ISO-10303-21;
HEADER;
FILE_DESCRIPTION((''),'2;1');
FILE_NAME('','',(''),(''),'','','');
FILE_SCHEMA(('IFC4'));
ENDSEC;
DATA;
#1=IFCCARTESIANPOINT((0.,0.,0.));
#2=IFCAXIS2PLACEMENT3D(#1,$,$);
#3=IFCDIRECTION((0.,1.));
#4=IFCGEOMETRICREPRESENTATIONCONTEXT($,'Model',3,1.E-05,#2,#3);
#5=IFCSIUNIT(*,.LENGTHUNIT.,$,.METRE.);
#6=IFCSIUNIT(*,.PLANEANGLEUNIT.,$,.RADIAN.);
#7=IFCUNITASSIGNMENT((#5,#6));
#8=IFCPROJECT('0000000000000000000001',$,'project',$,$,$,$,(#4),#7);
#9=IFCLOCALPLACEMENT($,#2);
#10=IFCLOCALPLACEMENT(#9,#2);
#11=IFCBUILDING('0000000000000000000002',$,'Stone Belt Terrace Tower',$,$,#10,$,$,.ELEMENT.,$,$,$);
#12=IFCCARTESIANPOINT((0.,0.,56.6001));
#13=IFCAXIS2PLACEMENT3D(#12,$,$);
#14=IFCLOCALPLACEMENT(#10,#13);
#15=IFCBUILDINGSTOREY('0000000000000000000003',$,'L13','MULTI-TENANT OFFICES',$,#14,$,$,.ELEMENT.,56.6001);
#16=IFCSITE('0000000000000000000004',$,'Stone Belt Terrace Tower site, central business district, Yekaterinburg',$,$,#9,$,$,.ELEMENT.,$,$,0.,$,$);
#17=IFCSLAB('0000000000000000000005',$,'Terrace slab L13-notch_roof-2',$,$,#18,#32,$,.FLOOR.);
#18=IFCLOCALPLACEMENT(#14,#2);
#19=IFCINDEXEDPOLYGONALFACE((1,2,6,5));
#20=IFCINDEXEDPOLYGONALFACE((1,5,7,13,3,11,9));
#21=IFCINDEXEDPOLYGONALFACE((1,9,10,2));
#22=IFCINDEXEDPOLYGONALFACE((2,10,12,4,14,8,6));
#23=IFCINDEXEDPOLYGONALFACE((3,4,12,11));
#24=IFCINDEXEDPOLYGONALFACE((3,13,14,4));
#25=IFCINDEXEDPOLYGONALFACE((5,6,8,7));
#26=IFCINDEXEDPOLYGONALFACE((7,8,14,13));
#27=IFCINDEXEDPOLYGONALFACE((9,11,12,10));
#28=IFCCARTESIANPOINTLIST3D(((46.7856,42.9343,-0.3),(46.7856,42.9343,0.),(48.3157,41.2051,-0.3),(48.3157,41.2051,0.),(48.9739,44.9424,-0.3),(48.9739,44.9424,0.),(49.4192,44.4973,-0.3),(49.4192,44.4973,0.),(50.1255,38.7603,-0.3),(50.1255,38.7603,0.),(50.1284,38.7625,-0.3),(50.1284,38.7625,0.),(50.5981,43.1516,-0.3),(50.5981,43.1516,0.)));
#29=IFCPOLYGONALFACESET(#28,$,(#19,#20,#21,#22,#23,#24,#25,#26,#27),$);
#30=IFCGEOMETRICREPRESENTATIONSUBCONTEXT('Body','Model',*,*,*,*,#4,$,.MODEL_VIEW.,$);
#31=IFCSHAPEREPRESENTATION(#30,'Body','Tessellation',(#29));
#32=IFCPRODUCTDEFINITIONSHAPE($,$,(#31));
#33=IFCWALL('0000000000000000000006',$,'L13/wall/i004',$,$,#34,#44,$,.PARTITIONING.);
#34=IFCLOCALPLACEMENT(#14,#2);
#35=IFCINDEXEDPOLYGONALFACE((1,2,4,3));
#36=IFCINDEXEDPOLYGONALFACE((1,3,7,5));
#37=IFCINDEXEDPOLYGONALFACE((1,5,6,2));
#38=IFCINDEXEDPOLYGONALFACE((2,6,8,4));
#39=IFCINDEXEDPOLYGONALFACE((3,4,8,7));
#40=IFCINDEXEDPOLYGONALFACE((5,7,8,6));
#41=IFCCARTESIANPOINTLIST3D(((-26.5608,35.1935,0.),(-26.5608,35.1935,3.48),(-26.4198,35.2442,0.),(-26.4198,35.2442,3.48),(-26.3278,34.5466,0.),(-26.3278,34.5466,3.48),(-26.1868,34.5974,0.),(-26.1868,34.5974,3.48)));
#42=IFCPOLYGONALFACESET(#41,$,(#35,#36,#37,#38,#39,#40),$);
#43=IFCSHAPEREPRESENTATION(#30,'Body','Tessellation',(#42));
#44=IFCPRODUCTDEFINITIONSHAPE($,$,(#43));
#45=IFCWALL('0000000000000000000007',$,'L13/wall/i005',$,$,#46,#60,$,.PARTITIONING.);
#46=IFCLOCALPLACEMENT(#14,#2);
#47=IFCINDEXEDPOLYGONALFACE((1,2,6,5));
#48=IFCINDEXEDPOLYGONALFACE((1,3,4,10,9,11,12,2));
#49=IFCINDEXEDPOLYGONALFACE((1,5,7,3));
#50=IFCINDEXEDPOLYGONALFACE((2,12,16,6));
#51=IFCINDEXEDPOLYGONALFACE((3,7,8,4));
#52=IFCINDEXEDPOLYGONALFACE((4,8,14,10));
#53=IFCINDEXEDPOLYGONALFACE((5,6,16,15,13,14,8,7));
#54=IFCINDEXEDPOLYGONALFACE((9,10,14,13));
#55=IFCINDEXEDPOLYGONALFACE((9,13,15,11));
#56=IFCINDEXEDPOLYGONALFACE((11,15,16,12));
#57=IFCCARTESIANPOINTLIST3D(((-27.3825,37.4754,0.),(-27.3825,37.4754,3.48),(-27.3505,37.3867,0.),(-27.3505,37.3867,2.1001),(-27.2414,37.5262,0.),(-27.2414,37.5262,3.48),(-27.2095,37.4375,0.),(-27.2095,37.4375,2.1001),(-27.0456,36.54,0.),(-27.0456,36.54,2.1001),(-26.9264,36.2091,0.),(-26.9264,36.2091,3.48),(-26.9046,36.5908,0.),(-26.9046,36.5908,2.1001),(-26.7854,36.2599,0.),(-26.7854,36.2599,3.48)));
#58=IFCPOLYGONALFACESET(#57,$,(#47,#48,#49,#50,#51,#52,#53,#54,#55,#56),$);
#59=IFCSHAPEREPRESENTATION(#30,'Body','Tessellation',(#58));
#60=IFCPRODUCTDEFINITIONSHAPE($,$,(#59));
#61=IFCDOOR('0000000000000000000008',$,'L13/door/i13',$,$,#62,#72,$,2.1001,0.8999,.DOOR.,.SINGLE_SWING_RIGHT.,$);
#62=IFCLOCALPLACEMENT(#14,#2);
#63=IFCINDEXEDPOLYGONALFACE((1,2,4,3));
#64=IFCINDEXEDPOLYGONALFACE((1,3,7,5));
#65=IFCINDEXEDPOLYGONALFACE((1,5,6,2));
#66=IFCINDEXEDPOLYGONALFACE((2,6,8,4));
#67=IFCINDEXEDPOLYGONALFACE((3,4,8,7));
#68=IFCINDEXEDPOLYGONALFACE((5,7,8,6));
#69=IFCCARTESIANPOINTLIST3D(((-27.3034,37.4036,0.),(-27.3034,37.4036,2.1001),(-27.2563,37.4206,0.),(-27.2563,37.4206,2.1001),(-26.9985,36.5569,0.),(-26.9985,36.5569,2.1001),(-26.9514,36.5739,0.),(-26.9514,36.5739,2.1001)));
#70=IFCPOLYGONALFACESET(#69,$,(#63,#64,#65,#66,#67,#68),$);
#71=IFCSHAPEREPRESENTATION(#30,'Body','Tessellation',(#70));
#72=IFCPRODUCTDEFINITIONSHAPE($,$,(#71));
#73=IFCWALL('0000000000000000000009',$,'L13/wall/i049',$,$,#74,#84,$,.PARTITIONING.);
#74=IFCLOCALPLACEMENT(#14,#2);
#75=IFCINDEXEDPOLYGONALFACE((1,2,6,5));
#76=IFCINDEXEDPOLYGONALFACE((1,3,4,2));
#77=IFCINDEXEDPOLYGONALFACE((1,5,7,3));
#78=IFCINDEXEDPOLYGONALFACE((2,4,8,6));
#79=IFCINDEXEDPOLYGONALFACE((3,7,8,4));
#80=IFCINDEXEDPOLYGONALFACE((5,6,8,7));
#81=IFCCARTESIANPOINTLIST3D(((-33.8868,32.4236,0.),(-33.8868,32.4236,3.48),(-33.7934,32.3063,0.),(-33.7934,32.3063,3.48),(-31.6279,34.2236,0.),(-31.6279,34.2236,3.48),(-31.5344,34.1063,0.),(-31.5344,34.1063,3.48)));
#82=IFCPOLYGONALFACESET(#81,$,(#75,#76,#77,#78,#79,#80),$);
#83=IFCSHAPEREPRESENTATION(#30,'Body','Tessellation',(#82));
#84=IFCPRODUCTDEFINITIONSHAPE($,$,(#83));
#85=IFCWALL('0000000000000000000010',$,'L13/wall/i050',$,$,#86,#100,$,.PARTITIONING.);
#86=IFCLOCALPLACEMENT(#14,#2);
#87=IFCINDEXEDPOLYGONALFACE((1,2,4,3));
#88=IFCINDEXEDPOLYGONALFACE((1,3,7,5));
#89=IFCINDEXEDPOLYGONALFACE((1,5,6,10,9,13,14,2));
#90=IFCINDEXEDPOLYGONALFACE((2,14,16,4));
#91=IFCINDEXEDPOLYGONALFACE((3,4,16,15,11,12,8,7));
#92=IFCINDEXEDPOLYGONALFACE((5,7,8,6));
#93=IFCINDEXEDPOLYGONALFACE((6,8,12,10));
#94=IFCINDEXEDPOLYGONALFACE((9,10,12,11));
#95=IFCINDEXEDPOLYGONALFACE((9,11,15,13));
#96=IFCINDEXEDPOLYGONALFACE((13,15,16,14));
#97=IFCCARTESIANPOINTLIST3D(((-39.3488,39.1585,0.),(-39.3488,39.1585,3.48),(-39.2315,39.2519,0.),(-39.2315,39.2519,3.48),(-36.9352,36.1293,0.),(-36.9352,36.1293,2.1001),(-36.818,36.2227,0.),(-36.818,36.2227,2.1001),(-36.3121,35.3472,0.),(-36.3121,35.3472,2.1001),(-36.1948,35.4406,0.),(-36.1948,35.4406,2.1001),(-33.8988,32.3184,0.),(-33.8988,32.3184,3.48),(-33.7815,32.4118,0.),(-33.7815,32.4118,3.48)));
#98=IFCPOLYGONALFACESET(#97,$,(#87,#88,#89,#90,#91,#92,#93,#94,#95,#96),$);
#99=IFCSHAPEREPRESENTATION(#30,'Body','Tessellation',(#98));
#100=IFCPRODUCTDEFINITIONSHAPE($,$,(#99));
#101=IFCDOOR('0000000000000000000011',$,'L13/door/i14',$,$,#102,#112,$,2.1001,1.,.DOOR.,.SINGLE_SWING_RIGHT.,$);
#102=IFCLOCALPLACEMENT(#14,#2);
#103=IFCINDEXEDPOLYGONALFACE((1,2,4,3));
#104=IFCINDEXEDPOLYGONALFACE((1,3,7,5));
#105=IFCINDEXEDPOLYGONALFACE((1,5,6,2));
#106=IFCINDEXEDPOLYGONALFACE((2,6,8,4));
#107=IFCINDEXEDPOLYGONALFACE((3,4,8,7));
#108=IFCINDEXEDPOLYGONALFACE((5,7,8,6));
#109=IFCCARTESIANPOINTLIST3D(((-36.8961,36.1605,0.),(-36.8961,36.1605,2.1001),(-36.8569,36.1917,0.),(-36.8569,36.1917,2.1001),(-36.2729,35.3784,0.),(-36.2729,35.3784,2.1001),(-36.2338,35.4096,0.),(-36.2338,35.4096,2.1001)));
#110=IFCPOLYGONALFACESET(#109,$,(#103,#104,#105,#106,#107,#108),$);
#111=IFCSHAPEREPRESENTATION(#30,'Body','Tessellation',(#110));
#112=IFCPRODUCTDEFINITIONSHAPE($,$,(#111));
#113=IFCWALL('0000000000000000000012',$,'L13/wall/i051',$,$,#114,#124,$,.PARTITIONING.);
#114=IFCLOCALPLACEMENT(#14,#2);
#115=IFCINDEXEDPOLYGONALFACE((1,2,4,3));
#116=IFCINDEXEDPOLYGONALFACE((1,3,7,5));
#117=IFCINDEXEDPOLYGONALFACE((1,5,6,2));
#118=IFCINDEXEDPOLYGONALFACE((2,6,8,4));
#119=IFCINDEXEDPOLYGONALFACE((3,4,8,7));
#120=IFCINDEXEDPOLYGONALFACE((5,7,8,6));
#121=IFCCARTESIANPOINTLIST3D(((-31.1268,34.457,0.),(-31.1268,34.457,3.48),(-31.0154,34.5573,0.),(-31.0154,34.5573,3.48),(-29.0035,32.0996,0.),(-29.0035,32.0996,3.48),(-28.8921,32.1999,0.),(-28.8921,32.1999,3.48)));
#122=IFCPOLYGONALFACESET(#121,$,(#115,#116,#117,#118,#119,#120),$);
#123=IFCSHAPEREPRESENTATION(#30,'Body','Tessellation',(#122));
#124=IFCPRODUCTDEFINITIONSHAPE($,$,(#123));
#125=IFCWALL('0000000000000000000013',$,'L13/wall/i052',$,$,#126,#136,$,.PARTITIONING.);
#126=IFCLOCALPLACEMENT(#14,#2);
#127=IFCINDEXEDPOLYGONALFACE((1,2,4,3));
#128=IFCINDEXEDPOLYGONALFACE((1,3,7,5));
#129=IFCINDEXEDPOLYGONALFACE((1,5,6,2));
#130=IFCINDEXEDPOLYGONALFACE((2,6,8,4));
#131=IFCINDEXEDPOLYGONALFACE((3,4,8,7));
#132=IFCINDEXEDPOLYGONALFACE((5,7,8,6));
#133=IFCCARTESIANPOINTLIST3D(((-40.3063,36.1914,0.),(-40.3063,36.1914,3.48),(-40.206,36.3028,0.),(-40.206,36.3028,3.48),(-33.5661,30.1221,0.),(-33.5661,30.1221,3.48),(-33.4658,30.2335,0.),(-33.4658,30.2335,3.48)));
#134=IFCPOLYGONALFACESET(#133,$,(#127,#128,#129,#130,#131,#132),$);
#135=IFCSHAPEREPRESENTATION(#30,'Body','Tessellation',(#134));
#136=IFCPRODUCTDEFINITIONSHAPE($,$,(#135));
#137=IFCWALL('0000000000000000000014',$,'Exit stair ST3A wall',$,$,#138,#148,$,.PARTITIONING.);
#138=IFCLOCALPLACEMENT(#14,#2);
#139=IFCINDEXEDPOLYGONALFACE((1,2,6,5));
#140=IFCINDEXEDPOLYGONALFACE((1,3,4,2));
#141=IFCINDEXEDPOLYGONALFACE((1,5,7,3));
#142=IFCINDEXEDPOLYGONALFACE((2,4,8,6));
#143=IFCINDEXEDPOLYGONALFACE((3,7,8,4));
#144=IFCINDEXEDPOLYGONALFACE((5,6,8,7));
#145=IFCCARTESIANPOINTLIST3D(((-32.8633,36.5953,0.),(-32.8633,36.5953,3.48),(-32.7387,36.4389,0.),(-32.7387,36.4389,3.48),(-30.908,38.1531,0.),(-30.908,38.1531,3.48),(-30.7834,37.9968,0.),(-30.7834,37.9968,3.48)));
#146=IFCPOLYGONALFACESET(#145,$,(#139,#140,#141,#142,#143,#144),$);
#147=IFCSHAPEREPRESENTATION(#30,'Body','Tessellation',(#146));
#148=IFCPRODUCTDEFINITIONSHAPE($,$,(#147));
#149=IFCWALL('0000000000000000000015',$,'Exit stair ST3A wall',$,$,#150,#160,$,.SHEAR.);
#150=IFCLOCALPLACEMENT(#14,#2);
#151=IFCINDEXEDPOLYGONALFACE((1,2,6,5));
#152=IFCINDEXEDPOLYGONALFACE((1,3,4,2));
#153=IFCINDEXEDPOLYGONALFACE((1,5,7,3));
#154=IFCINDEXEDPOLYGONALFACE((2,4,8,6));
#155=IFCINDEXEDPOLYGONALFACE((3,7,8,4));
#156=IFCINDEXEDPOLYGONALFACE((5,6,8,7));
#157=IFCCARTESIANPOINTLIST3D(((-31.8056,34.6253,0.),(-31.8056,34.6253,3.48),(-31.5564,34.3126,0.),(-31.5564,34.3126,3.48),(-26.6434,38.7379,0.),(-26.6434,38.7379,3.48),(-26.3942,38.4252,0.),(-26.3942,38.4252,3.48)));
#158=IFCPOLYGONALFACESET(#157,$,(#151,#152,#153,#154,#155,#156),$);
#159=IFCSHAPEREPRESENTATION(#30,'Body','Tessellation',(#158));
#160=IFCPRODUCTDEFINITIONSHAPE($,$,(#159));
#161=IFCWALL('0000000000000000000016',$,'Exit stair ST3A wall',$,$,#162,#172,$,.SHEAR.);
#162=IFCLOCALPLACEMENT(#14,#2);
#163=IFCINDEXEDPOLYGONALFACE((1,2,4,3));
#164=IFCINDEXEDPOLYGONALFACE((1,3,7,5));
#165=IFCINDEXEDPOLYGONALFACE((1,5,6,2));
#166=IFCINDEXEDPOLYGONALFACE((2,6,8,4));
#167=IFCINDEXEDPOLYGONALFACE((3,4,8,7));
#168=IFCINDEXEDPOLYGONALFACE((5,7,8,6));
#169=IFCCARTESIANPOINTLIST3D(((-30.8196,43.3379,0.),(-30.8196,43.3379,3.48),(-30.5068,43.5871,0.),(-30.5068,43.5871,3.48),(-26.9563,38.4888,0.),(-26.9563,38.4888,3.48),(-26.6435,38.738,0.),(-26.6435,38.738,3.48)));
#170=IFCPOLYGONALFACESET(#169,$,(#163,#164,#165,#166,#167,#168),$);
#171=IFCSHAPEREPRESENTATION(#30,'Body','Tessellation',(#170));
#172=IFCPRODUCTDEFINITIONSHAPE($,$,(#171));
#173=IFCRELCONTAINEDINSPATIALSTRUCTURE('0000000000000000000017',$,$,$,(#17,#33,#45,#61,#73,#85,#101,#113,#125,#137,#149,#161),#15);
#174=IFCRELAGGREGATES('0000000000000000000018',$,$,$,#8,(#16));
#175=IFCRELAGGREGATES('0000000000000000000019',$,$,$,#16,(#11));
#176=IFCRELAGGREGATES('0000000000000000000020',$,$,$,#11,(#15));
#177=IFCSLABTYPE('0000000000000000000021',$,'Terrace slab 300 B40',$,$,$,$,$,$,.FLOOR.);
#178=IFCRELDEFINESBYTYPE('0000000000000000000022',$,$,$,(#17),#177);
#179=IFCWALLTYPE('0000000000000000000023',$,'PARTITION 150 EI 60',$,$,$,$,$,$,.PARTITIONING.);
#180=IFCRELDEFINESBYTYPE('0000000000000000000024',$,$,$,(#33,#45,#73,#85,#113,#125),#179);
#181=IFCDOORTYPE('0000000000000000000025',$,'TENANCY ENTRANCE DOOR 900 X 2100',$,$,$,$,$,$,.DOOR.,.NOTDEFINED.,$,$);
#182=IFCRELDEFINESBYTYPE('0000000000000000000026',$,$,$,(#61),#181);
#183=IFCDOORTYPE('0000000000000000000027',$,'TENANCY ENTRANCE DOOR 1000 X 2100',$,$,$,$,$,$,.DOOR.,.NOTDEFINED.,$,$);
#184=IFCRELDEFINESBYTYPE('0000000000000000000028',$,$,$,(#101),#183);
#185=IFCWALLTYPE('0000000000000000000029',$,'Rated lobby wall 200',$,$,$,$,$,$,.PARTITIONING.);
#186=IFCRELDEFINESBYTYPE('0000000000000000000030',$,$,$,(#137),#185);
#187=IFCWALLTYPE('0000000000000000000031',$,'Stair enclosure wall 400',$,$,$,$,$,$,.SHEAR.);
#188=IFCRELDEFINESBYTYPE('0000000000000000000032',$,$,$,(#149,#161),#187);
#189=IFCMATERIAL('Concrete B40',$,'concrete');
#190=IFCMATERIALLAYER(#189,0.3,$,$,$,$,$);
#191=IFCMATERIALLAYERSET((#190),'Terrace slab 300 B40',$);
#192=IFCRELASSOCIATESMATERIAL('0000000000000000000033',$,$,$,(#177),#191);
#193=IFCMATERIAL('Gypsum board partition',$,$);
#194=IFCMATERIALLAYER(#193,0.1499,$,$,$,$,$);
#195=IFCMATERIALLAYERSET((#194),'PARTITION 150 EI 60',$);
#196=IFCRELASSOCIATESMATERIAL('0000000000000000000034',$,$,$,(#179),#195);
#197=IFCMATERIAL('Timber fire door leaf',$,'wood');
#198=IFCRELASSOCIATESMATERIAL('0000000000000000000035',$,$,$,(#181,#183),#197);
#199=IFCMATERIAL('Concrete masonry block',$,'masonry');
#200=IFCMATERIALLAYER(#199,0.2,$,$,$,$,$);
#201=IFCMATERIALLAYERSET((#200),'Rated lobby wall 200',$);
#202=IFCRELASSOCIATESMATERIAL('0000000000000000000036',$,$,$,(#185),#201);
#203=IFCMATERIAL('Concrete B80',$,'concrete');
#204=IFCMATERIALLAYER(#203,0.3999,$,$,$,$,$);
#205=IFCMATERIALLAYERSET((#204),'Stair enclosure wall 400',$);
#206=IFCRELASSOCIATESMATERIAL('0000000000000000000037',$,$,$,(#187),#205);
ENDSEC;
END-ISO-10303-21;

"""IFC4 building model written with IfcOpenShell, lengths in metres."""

from ifc_helpers import new_model, si_unit, direction, frame, frame_2d, origin, place, context, subcontext, project, spatial, polyline, rectangle, outline, extrude, material, layer, layer_set, type_object, element, fill, save


model = new_model("IFC4")

# Units and contexts
model_context = context("Model", 3, precision=1e-05, world=origin(), true_north=direction((0.0, 1.0)))
body_context = subcontext(model_context, "Body", "Model", "MODEL_VIEW")
ifc_project = project(units=[si_unit("LENGTHUNIT", "METRE"), si_unit("PLANEANGLEUNIT", "RADIAN")], contexts=[model_context])

# Site, building, storey
site_placement = place(None, origin())
site = spatial("IfcSite", under=ifc_project, at=site_placement, Name="Stone Belt Terrace Tower site, central business district, Yekaterinburg", CompositionType="ELEMENT", RefElevation=0.0)
building_placement = place(site_placement, origin())
building = spatial("IfcBuilding", under=site, at=building_placement, Name="Stone Belt Terrace Tower", CompositionType="ELEMENT")
storey_placement = place(building_placement, frame((0.0, 0.0, 56.6001)))
storey = spatial("IfcBuildingStorey", under=building, at=storey_placement, Name="L13", Description="MULTI-TENANT OFFICES", CompositionType="ELEMENT", Elevation=56.6001)

# Shared definitions
ifc_material_1 = material(Name="Concrete B80", Category="concrete")

# Slab
ifc_material_2 = material(Name="Concrete B40", Category="concrete")
ifc_layer_1 = layer(ifc_material_2, 0.3)
ifc_layer_set_1 = layer_set([ifc_layer_1], Name="Terrace slab 300 B40")
slab_type_1 = type_object("IfcSlabType", Name="Terrace slab 300 B40", PredefinedType="FLOOR", material=ifc_layer_set_1)
slab_1_placement = place(storey_placement, frame((0.0, 0.0, -0.3)))
element("IfcSlab", 1, at=slab_1_placement, inside=storey, type_object=slab_type_1, Name="Terrace slab L13-notch_roof-2", PredefinedType="FLOOR", context=body_context, shape_type="SweptSolid", body=[
    extrude(outline(polyline([(50.5981, 43.1516), (49.4192, 44.4973), (48.9739, 44.9424), (46.7856, 42.9343), (50.1255, 38.7603), (50.1284, 38.7625), (48.3157, 41.2051), (50.5981, 43.1516)])), origin(), (0.0, 0.0, 1.0), 0.3),
])

# Wall
ifc_material_3 = material(Name="Gypsum board partition")
ifc_layer_2 = layer(ifc_material_3, 0.1499)
ifc_layer_set_2 = layer_set([ifc_layer_2], Name="PARTITION 150 EI 60")
wall_type_1 = type_object("IfcWallType", Name="PARTITION 150 EI 60", PredefinedType="PARTITIONING", material=ifc_layer_set_2)
wall_1_placement = place(storey_placement, frame((-26.2573, 34.572, 0.0), z_axis=(0.0, 0.0, 1.0), x_axis=(-0.338833, 0.940847, 0.0)))
element("IfcWall", 2, at=wall_1_placement, inside=storey, type_object=wall_type_1, Name="L13/wall/i004", PredefinedType="PARTITIONING", context=body_context, shape_type="SweptSolid", body=[
    extrude(rectangle(XDim=0.6875, YDim=0.1499, at=frame_2d((0.3438, 0.0))), origin(), (0.0, 0.0, 1.0), 3.48),
])

# Wall, opening, door
wall_2_placement = place(storey_placement, frame((-26.856, 36.2346, 0.0), z_axis=(0.0, 0.0, 1.0), x_axis=(-0.338829, 0.940848, 0.0)))
wall_2 = element("IfcWall", 3, at=wall_2_placement, inside=storey, type_object=wall_type_1, Name="L13/wall/i005", PredefinedType="PARTITIONING", context=body_context, shape_type="SweptSolid", body=[
    extrude(rectangle(XDim=1.3459, YDim=0.1499, at=frame_2d((0.6729, 0.0))), origin(), (0.0, 0.0, 1.0), 3.48),
])
opening_1_placement = place(wall_2_placement, frame((0.3516, 0.0, 0.0)))
opening_1 = element("IfcOpeningElement", 4, at=opening_1_placement, cuts=wall_2, PredefinedType="OPENING", context=body_context, shape_type="SweptSolid", body=[
    extrude(rectangle(XDim=0.8999, YDim=2.1001, at=frame_2d((0.45, 1.05))), frame((0.0, 0.085, 0.0), z_axis=(0.0, -1.0, 0.0), x_axis=(1.0, 0.0, 0.0)), (0.0, 0.0, 1.0), 0.1699),
])
ifc_material_4 = material(Name="Timber fire door leaf", Category="wood")
door_type_1 = type_object("IfcDoorType", Name="TENANCY ENTRANCE DOOR 900 X 2100", OperationType="NOTDEFINED", PredefinedType="DOOR", material=ifc_material_4)
door_1_placement = place(opening_1_placement, origin())
door_1 = element("IfcDoor", 5, at=door_1_placement, inside=storey, type_object=door_type_1, Name="L13/door/i13", OperationType="SINGLE_SWING_RIGHT", OverallHeight=2.1001, OverallWidth=0.8999, PredefinedType="DOOR", context=body_context, shape_type="SweptSolid", body=[
    extrude(rectangle(XDim=0.8999, YDim=2.1001, at=frame_2d((0.45, 1.05))), frame((0.0, 0.0249, 0.0), z_axis=(0.0, -1.0, 0.0), x_axis=(1.0, 0.0, 0.0)), (0.0, 0.0, 1.0), 0.05),
])
fill(opening_1, door_1)

# Wall
wall_3_placement = place(storey_placement, frame((-31.5811, 34.165, 0.0), z_axis=(0.0, 0.0, 1.0), x_axis=(-0.78208, -0.623179, 0.0)))
element("IfcWall", 6, at=wall_3_placement, inside=storey, type_object=wall_type_1, Name="L13/wall/i049", PredefinedType="PARTITIONING", context=body_context, shape_type="SweptSolid", body=[
    extrude(rectangle(XDim=2.8884, YDim=0.1499, at=frame_2d((1.4443, 0.0))), origin(), (0.0, 0.0, 1.0), 3.48),
])

# Wall, opening, door
wall_4_placement = place(storey_placement, frame((-33.8401, 32.365, 0.0), z_axis=(0.0, 0.0, 1.0), x_axis=(-0.623152, 0.782101, 0.0)))
wall_4 = element("IfcWall", 7, at=wall_4_placement, inside=storey, type_object=wall_type_1, Name="L13/wall/i050", PredefinedType="PARTITIONING", context=body_context, shape_type="SweptSolid", body=[
    extrude(rectangle(XDim=8.7458, YDim=0.1499, at=frame_2d((4.373, 0.0))), origin(), (0.0, 0.0, 1.0), 3.48),
])
opening_2_placement = place(wall_4_placement, frame((3.8728, 0.0, 0.0)))
opening_2 = element("IfcOpeningElement", 8, at=opening_2_placement, cuts=wall_4, PredefinedType="OPENING", context=body_context, shape_type="SweptSolid", body=[
    extrude(rectangle(XDim=1.0, YDim=2.1001, at=frame_2d((0.5, 1.05))), frame((0.0, 0.085, 0.0), z_axis=(0.0, -1.0, 0.0), x_axis=(1.0, 0.0, 0.0)), (0.0, 0.0, 1.0), 0.1699),
])
door_type_2 = type_object("IfcDoorType", Name="TENANCY ENTRANCE DOOR 1000 X 2100", OperationType="NOTDEFINED", PredefinedType="DOOR", material=ifc_material_4)
door_2_placement = place(opening_2_placement, origin())
door_2 = element("IfcDoor", 9, at=door_2_placement, inside=storey, type_object=door_type_2, Name="L13/door/i14", OperationType="SINGLE_SWING_RIGHT", OverallHeight=2.1001, OverallWidth=1.0, PredefinedType="DOOR", context=body_context, shape_type="SweptSolid", body=[
    extrude(rectangle(XDim=1.0, YDim=2.1001, at=frame_2d((0.5, 1.05))), frame((0.0, 0.0249, 0.0), z_axis=(0.0, -1.0, 0.0), x_axis=(1.0, 0.0, 0.0)), (0.0, 0.0, 1.0), 0.05),
])
fill(opening_2, door_2)

# Walls
wall_5_placement = place(storey_placement, frame((-28.9478, 32.1497, 0.0), z_axis=(0.0, 0.0, 1.0), x_axis=(-0.669245, 0.743042, 0.0)))
element("IfcWall", 10, at=wall_5_placement, inside=storey, type_object=wall_type_1, Name="L13/wall/i051", PredefinedType="PARTITIONING", context=body_context, shape_type="SweptSolid", body=[
    extrude(rectangle(XDim=3.1726, YDim=0.1499, at=frame_2d((1.5864, 0.0))), origin(), (0.0, 0.0, 1.0), 3.48),
])
wall_6_placement = place(storey_placement, frame((-33.5159, 30.1777, 0.0), z_axis=(0.0, 0.0, 1.0), x_axis=(-0.743123, 0.669155, 0.0)))
element("IfcWall", 11, at=wall_6_placement, inside=storey, type_object=wall_type_1, Name="L13/wall/i052", PredefinedType="PARTITIONING", context=body_context, shape_type="SweptSolid", body=[
    extrude(rectangle(XDim=9.0701, YDim=0.1499, at=frame_2d((4.5352, 0.0))), origin(), (0.0, 0.0, 1.0), 3.48),
])
ifc_material_5 = material(Name="Concrete masonry block", Category="masonry")
ifc_layer_3 = layer(ifc_material_5, 0.2)
ifc_layer_set_3 = layer_set([ifc_layer_3], Name="Rated lobby wall 200")
wall_type_2 = type_object("IfcWallType", Name="Rated lobby wall 200", PredefinedType="PARTITIONING", material=ifc_layer_set_3)
wall_7_placement = place(storey_placement, frame((-30.8457, 38.075, 0.0), z_axis=(0.0, 0.0, 1.0), x_axis=(-0.782115, -0.623134, 0.0)))
element("IfcWall", 12, at=wall_7_placement, inside=storey, type_object=wall_type_2, Name="Exit stair ST3A wall", PredefinedType="PARTITIONING", context=body_context, shape_type="SweptSolid", body=[
    extrude(rectangle(XDim=2.5, YDim=0.2, at=frame_2d((1.25, 0.0))), origin(), (0.0, 0.0, 1.0), 3.48),
])
ifc_layer_4 = layer(ifc_material_1, 0.3999)
ifc_layer_set_4 = layer_set([ifc_layer_4], Name="Stair enclosure wall 400")
wall_type_3 = type_object("IfcWallType", Name="Stair enclosure wall 400", PredefinedType="SHEAR", material=ifc_layer_set_4)
wall_8_placement = place(storey_placement, frame((-26.5188, 38.5815, 0.0), z_axis=(0.0, 0.0, 1.0), x_axis=(-0.782134, -0.62311, 0.0)))
element("IfcWall", 13, at=wall_8_placement, inside=storey, type_object=wall_type_3, Name="Exit stair ST3A wall", PredefinedType="SHEAR", context=body_context, shape_type="SweptSolid", body=[
    extrude(rectangle(XDim=6.6001, YDim=0.3999, at=frame_2d((3.3, 0.0))), origin(), (0.0, 0.0, 1.0), 3.48),
])
wall_9_placement = place(storey_placement, frame((-26.7998, 38.6133, 0.0), z_axis=(0.0, 0.0, 1.0), x_axis=(-0.623119, 0.782127, 0.0)))
element("IfcWall", 14, at=wall_9_placement, inside=storey, type_object=wall_type_3, Name="Exit stair ST3A wall", PredefinedType="SHEAR", context=body_context, shape_type="SweptSolid", body=[
    extrude(rectangle(XDim=6.2, YDim=0.3999, at=frame_2d((3.1001, 0.0))), origin(), (0.0, 0.0, 1.0), 3.48),
])

save(model, "model.ifc")
